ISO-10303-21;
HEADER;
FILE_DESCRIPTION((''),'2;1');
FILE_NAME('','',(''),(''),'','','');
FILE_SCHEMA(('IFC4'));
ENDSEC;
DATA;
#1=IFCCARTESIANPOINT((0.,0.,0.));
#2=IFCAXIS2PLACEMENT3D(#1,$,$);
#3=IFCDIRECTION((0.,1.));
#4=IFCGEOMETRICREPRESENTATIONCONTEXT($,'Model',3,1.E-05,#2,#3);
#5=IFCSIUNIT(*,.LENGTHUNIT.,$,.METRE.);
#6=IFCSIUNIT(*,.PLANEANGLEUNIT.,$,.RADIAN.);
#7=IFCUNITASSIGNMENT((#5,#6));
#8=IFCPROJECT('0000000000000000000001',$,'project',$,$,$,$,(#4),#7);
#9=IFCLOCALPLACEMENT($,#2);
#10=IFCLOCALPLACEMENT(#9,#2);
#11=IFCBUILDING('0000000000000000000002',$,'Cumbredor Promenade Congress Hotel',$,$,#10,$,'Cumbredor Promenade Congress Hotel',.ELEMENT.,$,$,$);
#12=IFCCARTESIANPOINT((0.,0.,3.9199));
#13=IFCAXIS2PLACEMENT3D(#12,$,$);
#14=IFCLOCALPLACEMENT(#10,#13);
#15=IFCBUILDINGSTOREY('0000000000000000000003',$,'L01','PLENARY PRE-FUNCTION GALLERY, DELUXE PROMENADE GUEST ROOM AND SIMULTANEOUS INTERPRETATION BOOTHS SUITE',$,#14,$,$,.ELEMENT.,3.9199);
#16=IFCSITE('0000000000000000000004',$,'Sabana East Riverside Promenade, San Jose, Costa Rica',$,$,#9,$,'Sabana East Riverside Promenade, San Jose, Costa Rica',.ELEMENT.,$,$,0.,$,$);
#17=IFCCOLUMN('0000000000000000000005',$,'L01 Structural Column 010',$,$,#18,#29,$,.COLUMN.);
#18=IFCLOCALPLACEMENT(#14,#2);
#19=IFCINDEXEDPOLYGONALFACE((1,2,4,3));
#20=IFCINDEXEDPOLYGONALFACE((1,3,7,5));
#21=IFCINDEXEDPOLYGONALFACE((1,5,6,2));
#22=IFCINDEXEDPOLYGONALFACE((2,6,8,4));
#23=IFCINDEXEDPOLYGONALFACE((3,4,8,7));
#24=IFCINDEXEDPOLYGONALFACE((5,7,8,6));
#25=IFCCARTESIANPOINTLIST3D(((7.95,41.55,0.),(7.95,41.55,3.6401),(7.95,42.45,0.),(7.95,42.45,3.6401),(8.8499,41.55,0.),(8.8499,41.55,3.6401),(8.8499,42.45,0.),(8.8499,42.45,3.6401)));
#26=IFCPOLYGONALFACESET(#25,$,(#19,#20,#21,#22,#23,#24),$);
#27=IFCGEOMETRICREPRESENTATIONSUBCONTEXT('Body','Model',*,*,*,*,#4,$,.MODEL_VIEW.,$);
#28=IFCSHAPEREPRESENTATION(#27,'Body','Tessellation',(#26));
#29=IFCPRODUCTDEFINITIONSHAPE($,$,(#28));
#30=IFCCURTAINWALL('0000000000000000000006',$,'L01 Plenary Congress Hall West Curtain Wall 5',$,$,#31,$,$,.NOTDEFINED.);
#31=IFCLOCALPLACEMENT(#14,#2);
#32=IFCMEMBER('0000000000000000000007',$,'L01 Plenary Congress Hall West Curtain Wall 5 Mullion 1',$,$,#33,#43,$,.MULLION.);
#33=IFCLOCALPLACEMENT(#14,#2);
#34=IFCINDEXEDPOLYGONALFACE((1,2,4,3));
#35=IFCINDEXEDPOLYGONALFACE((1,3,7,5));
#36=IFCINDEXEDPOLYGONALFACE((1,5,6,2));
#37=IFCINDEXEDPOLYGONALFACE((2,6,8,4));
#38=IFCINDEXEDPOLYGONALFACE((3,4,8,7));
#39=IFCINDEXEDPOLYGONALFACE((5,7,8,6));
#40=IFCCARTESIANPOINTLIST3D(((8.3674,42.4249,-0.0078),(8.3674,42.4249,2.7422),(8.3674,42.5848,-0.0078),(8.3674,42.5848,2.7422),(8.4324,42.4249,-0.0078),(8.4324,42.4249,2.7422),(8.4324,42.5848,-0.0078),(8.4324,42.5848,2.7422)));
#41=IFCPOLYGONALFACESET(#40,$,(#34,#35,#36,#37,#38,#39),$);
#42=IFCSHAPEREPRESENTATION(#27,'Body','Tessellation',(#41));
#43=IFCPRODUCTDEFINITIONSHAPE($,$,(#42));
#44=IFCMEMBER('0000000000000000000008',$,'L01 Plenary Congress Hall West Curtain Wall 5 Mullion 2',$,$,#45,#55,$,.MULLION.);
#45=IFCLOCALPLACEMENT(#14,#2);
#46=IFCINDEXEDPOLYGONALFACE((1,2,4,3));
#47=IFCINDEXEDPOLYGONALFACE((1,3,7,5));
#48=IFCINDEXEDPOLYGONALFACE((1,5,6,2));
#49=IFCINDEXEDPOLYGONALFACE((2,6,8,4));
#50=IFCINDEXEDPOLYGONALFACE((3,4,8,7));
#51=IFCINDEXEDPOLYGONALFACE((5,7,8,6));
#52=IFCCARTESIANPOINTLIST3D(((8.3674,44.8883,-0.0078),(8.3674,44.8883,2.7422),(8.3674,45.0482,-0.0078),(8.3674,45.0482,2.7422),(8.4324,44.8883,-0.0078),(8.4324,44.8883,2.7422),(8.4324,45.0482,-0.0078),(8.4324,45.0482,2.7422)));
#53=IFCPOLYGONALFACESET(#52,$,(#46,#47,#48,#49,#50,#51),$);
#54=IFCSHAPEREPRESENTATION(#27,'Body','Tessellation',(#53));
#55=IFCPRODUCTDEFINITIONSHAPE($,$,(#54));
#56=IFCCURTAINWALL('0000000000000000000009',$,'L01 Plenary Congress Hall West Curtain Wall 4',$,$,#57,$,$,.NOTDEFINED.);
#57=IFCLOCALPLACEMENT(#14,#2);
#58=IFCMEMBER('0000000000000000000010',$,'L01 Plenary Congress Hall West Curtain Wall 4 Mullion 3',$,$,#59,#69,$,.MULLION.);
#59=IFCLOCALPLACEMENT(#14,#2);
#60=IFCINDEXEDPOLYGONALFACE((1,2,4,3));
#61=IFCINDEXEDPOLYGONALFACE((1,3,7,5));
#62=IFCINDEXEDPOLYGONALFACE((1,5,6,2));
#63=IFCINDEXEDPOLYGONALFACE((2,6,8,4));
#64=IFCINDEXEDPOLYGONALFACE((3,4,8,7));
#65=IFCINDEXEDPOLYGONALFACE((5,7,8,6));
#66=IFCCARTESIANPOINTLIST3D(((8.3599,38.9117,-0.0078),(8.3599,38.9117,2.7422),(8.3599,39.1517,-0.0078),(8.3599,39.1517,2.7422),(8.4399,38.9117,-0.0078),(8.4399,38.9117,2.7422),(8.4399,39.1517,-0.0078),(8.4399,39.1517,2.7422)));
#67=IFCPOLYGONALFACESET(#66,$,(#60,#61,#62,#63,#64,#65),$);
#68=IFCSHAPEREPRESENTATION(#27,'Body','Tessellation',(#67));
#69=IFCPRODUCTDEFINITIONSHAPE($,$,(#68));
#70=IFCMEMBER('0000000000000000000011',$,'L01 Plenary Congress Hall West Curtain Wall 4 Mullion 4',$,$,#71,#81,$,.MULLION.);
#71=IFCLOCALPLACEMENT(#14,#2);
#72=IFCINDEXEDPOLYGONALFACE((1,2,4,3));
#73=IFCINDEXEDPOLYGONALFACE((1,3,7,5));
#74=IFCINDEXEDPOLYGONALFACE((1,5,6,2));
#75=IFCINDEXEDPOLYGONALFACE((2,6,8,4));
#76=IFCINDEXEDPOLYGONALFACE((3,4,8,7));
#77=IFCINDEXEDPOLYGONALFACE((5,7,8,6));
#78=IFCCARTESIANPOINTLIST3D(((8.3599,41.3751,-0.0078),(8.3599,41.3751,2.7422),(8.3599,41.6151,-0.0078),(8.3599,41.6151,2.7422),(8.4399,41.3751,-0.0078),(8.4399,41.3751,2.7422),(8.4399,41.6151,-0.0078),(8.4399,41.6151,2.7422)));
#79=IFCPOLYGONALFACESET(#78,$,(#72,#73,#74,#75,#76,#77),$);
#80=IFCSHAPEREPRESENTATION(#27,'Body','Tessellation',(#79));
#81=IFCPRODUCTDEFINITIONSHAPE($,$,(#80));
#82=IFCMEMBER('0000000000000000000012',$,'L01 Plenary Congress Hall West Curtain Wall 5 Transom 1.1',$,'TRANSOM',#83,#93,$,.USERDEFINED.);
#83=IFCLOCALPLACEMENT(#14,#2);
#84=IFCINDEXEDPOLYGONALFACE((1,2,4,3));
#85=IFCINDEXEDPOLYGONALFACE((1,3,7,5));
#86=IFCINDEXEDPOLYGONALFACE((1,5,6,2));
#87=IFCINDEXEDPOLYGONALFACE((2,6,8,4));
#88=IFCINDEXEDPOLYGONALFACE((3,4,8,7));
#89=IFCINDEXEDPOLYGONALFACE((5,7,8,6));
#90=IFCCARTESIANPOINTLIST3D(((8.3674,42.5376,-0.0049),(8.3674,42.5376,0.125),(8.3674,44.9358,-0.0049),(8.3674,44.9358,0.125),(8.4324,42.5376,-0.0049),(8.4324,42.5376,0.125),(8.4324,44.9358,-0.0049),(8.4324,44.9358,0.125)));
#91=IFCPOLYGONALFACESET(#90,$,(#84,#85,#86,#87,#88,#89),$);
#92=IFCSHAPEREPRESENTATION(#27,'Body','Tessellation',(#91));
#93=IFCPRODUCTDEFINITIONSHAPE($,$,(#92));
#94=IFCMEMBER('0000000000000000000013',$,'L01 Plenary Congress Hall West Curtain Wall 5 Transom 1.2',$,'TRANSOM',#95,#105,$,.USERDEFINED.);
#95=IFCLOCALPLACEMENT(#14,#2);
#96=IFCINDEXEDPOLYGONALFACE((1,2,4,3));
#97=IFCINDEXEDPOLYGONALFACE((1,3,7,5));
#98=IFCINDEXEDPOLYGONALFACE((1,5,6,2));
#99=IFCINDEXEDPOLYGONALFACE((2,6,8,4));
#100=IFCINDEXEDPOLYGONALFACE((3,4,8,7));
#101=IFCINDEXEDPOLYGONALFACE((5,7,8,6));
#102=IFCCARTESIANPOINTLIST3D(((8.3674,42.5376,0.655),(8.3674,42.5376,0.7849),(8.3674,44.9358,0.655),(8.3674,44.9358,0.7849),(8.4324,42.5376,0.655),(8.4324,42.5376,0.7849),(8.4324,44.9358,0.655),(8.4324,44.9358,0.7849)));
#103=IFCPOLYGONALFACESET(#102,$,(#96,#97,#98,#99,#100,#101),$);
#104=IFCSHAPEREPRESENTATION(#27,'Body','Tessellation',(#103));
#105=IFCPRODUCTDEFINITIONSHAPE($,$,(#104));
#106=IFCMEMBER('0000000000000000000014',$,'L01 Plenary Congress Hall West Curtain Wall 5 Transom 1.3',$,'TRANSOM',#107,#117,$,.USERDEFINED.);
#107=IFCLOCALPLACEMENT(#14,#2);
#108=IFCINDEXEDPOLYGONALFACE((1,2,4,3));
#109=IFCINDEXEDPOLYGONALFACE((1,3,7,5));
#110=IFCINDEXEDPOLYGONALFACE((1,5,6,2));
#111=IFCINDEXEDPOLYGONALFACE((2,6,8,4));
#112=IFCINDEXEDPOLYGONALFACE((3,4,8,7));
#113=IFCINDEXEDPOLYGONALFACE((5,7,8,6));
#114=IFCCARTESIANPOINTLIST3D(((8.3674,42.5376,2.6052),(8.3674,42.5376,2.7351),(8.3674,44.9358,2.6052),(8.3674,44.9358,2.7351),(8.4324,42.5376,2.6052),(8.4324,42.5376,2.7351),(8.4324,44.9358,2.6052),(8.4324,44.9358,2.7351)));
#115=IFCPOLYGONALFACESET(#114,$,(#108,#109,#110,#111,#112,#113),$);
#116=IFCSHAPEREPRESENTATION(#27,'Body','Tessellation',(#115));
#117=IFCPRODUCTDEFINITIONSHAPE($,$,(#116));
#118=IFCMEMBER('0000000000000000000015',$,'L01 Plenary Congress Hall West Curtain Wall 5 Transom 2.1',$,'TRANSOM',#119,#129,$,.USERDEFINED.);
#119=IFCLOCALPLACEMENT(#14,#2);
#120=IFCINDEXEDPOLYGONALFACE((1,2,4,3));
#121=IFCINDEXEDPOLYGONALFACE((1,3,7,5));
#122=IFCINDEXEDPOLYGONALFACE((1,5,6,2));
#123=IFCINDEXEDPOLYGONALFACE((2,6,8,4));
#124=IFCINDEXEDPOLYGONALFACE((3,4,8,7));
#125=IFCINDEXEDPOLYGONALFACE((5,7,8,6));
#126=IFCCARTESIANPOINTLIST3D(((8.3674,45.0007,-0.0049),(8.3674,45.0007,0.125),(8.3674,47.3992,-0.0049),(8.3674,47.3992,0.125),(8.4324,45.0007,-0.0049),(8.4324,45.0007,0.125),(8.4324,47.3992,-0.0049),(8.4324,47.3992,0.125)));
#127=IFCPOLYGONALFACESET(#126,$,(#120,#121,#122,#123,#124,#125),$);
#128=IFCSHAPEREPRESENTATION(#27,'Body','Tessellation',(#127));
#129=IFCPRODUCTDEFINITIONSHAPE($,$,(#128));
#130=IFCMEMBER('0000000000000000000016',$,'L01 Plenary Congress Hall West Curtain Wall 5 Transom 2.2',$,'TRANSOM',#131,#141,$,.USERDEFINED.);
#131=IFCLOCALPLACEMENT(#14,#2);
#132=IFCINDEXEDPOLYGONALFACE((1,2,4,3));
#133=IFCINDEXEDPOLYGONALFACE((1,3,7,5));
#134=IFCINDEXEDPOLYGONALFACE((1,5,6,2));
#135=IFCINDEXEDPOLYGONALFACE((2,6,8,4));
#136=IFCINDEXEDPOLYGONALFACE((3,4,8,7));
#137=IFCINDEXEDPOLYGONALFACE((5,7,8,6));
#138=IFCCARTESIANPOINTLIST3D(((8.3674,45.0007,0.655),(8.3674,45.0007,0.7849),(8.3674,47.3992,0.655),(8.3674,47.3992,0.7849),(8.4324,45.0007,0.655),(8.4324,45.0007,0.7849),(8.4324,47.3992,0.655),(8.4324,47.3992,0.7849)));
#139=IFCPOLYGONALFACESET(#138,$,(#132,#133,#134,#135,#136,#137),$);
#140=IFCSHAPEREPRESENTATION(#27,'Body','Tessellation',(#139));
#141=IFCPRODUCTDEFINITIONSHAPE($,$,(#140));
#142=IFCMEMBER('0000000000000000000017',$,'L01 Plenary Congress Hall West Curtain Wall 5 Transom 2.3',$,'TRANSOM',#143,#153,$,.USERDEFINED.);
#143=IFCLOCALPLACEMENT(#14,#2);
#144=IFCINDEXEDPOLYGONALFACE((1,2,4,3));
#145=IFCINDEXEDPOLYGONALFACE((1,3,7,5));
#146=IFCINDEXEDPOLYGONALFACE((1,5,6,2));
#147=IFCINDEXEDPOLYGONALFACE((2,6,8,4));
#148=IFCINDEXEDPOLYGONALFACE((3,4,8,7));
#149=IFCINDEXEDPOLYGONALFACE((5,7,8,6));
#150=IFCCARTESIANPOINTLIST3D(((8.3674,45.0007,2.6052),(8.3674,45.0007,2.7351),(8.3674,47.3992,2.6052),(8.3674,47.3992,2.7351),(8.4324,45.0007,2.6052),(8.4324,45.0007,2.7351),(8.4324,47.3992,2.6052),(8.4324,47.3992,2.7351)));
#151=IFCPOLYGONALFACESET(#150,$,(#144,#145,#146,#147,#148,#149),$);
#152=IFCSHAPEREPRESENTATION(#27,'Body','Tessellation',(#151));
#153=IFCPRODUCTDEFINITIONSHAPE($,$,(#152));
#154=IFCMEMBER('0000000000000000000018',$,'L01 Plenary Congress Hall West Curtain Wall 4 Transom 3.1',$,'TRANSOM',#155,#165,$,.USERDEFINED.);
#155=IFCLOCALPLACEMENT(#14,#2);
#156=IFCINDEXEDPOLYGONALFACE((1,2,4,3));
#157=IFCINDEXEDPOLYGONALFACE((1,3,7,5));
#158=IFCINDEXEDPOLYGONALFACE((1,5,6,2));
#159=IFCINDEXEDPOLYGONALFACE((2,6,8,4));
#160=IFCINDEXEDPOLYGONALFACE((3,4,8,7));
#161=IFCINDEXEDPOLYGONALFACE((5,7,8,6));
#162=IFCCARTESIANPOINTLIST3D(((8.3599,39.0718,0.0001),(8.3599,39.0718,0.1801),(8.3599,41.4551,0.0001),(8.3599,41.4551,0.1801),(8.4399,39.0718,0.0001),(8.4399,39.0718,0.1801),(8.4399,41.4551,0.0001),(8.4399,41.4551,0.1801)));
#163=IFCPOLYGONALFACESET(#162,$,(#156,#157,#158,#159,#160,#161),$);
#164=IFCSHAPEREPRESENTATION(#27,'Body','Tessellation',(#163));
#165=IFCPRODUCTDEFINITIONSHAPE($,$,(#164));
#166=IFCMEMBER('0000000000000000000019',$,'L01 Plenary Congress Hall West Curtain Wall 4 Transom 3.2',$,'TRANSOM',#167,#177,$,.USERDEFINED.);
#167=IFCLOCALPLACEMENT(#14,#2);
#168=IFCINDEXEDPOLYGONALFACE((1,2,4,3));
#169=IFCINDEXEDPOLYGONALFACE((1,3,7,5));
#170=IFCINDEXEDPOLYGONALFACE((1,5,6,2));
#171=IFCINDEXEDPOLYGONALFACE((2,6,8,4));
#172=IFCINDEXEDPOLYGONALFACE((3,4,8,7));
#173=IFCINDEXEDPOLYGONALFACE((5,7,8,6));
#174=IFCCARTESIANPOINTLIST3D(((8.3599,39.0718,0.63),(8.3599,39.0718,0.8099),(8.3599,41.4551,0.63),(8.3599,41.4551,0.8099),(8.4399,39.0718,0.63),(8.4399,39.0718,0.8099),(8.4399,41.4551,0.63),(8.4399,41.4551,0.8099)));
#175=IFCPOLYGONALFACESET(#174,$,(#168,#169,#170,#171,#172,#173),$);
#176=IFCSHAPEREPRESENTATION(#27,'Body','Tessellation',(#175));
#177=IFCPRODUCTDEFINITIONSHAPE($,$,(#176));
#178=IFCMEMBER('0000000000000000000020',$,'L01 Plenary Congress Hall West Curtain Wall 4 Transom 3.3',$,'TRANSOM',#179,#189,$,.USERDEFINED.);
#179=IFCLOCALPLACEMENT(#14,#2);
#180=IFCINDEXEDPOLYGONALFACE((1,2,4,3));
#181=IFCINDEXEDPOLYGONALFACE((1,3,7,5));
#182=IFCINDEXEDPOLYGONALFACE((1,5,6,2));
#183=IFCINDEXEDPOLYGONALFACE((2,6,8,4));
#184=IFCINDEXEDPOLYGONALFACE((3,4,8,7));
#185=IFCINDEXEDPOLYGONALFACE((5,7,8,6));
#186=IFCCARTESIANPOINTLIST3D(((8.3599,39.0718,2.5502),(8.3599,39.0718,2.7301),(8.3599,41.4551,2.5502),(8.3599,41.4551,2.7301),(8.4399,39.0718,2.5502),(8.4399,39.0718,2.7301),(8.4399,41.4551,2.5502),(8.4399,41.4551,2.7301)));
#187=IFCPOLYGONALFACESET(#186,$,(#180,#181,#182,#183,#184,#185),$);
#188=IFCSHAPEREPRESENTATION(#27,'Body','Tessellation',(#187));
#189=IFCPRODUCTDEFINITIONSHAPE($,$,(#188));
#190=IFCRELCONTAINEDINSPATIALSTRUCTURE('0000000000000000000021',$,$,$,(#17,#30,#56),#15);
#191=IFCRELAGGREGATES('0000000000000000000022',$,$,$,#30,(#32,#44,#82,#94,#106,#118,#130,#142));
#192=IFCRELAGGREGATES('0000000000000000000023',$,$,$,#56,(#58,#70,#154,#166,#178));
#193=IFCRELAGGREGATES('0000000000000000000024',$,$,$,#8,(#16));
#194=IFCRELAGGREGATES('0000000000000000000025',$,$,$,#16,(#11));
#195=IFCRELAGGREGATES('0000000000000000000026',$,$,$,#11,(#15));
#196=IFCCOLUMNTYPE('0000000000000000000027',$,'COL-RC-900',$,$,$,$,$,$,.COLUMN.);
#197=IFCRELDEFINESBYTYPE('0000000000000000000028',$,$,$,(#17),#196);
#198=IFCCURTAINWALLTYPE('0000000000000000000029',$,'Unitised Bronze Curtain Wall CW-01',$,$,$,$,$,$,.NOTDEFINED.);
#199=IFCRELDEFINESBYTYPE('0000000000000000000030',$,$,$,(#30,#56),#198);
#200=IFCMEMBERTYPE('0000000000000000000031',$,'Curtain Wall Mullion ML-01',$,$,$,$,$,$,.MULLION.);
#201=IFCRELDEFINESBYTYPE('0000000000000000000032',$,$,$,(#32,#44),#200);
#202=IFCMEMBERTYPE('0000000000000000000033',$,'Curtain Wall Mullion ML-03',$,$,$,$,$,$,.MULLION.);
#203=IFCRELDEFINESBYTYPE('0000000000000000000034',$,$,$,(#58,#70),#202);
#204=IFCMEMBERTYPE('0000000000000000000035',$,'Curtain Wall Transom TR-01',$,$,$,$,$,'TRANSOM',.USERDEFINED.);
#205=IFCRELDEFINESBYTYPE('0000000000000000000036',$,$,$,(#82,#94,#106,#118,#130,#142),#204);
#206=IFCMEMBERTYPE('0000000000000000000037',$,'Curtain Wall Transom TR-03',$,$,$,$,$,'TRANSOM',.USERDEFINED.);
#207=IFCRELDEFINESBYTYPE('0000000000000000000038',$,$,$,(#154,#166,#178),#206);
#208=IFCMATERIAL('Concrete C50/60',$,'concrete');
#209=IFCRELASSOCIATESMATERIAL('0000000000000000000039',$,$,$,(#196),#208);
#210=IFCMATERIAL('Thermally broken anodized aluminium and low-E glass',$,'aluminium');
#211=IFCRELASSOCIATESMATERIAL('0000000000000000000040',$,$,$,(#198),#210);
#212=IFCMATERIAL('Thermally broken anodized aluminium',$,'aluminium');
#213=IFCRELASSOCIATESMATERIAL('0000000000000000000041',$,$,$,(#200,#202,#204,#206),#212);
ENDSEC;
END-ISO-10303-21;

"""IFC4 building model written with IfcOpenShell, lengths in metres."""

from ifc_helpers import new_model, si_unit, direction, frame, origin, origin_2d, place, context, subcontext, project, spatial, rectangle, extrude, material, material_profile, profile_set, type_object, element, aggregate, save


model = new_model("IFC4")

# Units and contexts
model_context = context("Model", 3, precision=1e-05, world=origin(), true_north=direction((0.0, 1.0)))
body_context = subcontext(model_context, "Body", "Model", "MODEL_VIEW")
ifc_project = project(units=[si_unit("LENGTHUNIT", "METRE"), si_unit("PLANEANGLEUNIT", "RADIAN")], contexts=[model_context])

# Site, building, storey
site_placement = place(None, origin())
site = spatial("IfcSite", under=ifc_project, at=site_placement, Name="Sabana East Riverside Promenade, San Jose, Costa Rica", LongName="Sabana East Riverside Promenade, San Jose, Costa Rica", CompositionType="ELEMENT", RefElevation=0.0)
building_placement = place(site_placement, origin())
building = spatial("IfcBuilding", under=site, at=building_placement, Name="Cumbredor Promenade Congress Hotel", LongName="Cumbredor Promenade Congress Hotel", CompositionType="ELEMENT")
storey_placement = place(building_placement, frame((0.0, 0.0, 3.9199)))
storey = spatial("IfcBuildingStorey", under=building, at=storey_placement, Name="L01", Description="PLENARY PRE-FUNCTION GALLERY, DELUXE PROMENADE GUEST ROOM AND SIMULTANEOUS INTERPRETATION BOOTHS SUITE", CompositionType="ELEMENT", Elevation=3.9199)

# Column
ifc_material_1 = material(Name="Concrete C50/60", Category="concrete")
ifc_material_profile_1 = material_profile(ifc_material_1, rectangle(XDim=0.8999, YDim=0.8999, at=origin_2d()), Name="RC 900x900")
ifc_profile_set_1 = profile_set([ifc_material_profile_1], Name="Concrete C50/60")
column_type = type_object("IfcColumnType", Name="COL-RC-900", PredefinedType="COLUMN", material=ifc_profile_set_1)
column_placement = place(storey_placement, frame((8.3999, 42.0, 0.0), z_axis=(0.0, 0.0, 1.0), x_axis=(1.0, 0.0, 0.0)))
element("IfcColumn", 1, at=column_placement, inside=storey, type_object=column_type, Name="L01 Structural Column 010", PredefinedType="COLUMN", context=body_context, shape_type="SweptSolid", body=[
    extrude(rectangle(XDim=0.8999, YDim=0.8999, at=origin_2d()), origin(), (0.0, 0.0, 1.0), 3.6401),
])

# Curtain walls, members
ifc_material_2 = material(Name="Thermally broken anodized aluminium and low-E glass", Category="aluminium")
curtain_wall_type = type_object("IfcCurtainWallType", Name="Unitised Bronze Curtain Wall CW-01", PredefinedType="NOTDEFINED", material=ifc_material_2)
curtain_wall_1_placement = place(storey_placement, origin())
curtain_wall_1 = element("IfcCurtainWall", 2, at=curtain_wall_1_placement, inside=storey, type_object=curtain_wall_type, Name="L01 Plenary Congress Hall West Curtain Wall 5", PredefinedType="NOTDEFINED")
ifc_material_3 = material(Name="Thermally broken anodized aluminium", Category="aluminium")
ifc_material_profile_2 = material_profile(ifc_material_3, rectangle(XDim=0.0649, YDim=0.1599, at=origin_2d()), Name="ALU MULLION 65x160")
ifc_profile_set_2 = profile_set([ifc_material_profile_2], Name="Thermally broken anodized aluminium")
member_type_1 = type_object("IfcMemberType", Name="Curtain Wall Mullion ML-01", PredefinedType="MULLION", material=ifc_profile_set_2)
member_1_placement = place(storey_placement, frame((8.3999, 42.5049, -0.0078), z_axis=(0.0, 0.0, 1.0), x_axis=(1.0, 0.0, 0.0)))
member_1 = element("IfcMember", 3, at=member_1_placement, type_object=member_type_1, Name="L01 Plenary Congress Hall West Curtain Wall 5 Mullion 1", PredefinedType="MULLION", context=body_context, shape_type="SweptSolid", body=[
    extrude(rectangle(XDim=0.0649, YDim=0.1599, at=origin_2d()), origin(), (0.0, 0.0, 1.0), 2.75),
])
member_2_placement = place(storey_placement, frame((8.3999, 44.9683, -0.0078), z_axis=(0.0, 0.0, 1.0), x_axis=(1.0, 0.0, 0.0)))
member_2 = element("IfcMember", 4, at=member_2_placement, type_object=member_type_1, Name="L01 Plenary Congress Hall West Curtain Wall 5 Mullion 2", PredefinedType="MULLION", context=body_context, shape_type="SweptSolid", body=[
    extrude(rectangle(XDim=0.0649, YDim=0.1599, at=origin_2d()), origin(), (0.0, 0.0, 1.0), 2.75),
])
curtain_wall_2_placement = place(storey_placement, origin())
curtain_wall_2 = element("IfcCurtainWall", 5, at=curtain_wall_2_placement, inside=storey, type_object=curtain_wall_type, Name="L01 Plenary Congress Hall West Curtain Wall 4", PredefinedType="NOTDEFINED")
ifc_material_profile_3 = material_profile(ifc_material_3, rectangle(XDim=0.0801, YDim=0.24, at=origin_2d()), Name="ALU MULLION 80x240")
ifc_profile_set_3 = profile_set([ifc_material_profile_3], Name="Thermally broken anodized aluminium")
member_type_2 = type_object("IfcMemberType", Name="Curtain Wall Mullion ML-03", PredefinedType="MULLION", material=ifc_profile_set_3)
member_3_placement = place(storey_placement, frame((8.3999, 39.0317, -0.0078), z_axis=(0.0, 0.0, 1.0), x_axis=(1.0, 0.0, 0.0)))
member_3 = element("IfcMember", 6, at=member_3_placement, type_object=member_type_2, Name="L01 Plenary Congress Hall West Curtain Wall 4 Mullion 3", PredefinedType="MULLION", context=body_context, shape_type="SweptSolid", body=[
    extrude(rectangle(XDim=0.0801, YDim=0.24, at=origin_2d()), origin(), (0.0, 0.0, 1.0), 2.75),
])
member_4_placement = place(storey_placement, frame((8.3999, 41.4951, -0.0078), z_axis=(0.0, 0.0, 1.0), x_axis=(1.0, 0.0, 0.0)))
member_4 = element("IfcMember", 7, at=member_4_placement, type_object=member_type_2, Name="L01 Plenary Congress Hall West Curtain Wall 4 Mullion 4", PredefinedType="MULLION", context=body_context, shape_type="SweptSolid", body=[
    extrude(rectangle(XDim=0.0801, YDim=0.24, at=origin_2d()), origin(), (0.0, 0.0, 1.0), 2.75),
])

# Members
ifc_material_profile_4 = material_profile(ifc_material_3, rectangle(XDim=0.0649, YDim=0.1299, at=origin_2d()), Name="ALU TRANSOM 65x130")
ifc_profile_set_4 = profile_set([ifc_material_profile_4], Name="Thermally broken anodized aluminium")
member_type_3 = type_object("IfcMemberType", Name="Curtain Wall Transom TR-01", ElementType="TRANSOM", PredefinedType="USERDEFINED", material=ifc_profile_set_4)
member_5_placement = place(storey_placement, frame((8.3999, 42.5376, 0.0601), z_axis=(0.0, 1.0, 0.0), x_axis=(-1.0, 0.0, 0.0)))
member_5 = element("IfcMember", 8, at=member_5_placement, type_object=member_type_3, Name="L01 Plenary Congress Hall West Curtain Wall 5 Transom 1.1", ObjectType="TRANSOM", PredefinedType="USERDEFINED", context=body_context, shape_type="SweptSolid", body=[
    extrude(rectangle(XDim=0.0649, YDim=0.1299, at=origin_2d()), origin(), (0.0, 0.0, 1.0), 2.3982),
])
member_6_placement = place(storey_placement, frame((8.3999, 42.5376, 0.72), z_axis=(0.0, 1.0, 0.0), x_axis=(-1.0, 0.0, 0.0)))
member_6 = element("IfcMember", 9, at=member_6_placement, type_object=member_type_3, Name="L01 Plenary Congress Hall West Curtain Wall 5 Transom 1.2", ObjectType="TRANSOM", PredefinedType="USERDEFINED", context=body_context, shape_type="SweptSolid", body=[
    extrude(rectangle(XDim=0.0649, YDim=0.1299, at=origin_2d()), origin(), (0.0, 0.0, 1.0), 2.3982),
])
member_7_placement = place(storey_placement, frame((8.3999, 42.5376, 2.6702), z_axis=(0.0, 1.0, 0.0), x_axis=(-1.0, 0.0, 0.0)))
member_7 = element("IfcMember", 10, at=member_7_placement, type_object=member_type_3, Name="L01 Plenary Congress Hall West Curtain Wall 5 Transom 1.3", ObjectType="TRANSOM", PredefinedType="USERDEFINED", context=body_context, shape_type="SweptSolid", body=[
    extrude(rectangle(XDim=0.0649, YDim=0.1299, at=origin_2d()), origin(), (0.0, 0.0, 1.0), 2.3982),
])
member_8_placement = place(storey_placement, frame((8.3999, 45.0007, 0.0601), z_axis=(0.0, 1.0, 0.0), x_axis=(-1.0, 0.0, 0.0)))
member_8 = element("IfcMember", 11, at=member_8_placement, type_object=member_type_3, Name="L01 Plenary Congress Hall West Curtain Wall 5 Transom 2.1", ObjectType="TRANSOM", PredefinedType="USERDEFINED", context=body_context, shape_type="SweptSolid", body=[
    extrude(rectangle(XDim=0.0649, YDim=0.1299, at=origin_2d()), origin(), (0.0, 0.0, 1.0), 2.3984),
])
member_9_placement = place(storey_placement, frame((8.3999, 45.0007, 0.72), z_axis=(0.0, 1.0, 0.0), x_axis=(-1.0, 0.0, 0.0)))
member_9 = element("IfcMember", 12, at=member_9_placement, type_object=member_type_3, Name="L01 Plenary Congress Hall West Curtain Wall 5 Transom 2.2", ObjectType="TRANSOM", PredefinedType="USERDEFINED", context=body_context, shape_type="SweptSolid", body=[
    extrude(rectangle(XDim=0.0649, YDim=0.1299, at=origin_2d()), origin(), (0.0, 0.0, 1.0), 2.3984),
])
member_10_placement = place(storey_placement, frame((8.3999, 45.0007, 2.6702), z_axis=(0.0, 1.0, 0.0), x_axis=(-1.0, 0.0, 0.0)))
member_10 = element("IfcMember", 13, at=member_10_placement, type_object=member_type_3, Name="L01 Plenary Congress Hall West Curtain Wall 5 Transom 2.3", ObjectType="TRANSOM", PredefinedType="USERDEFINED", context=body_context, shape_type="SweptSolid", body=[
    extrude(rectangle(XDim=0.0649, YDim=0.1299, at=origin_2d()), origin(), (0.0, 0.0, 1.0), 2.3984),
])
ifc_material_profile_5 = material_profile(ifc_material_3, rectangle(XDim=0.0801, YDim=0.1799, at=origin_2d()), Name="ALU TRANSOM 80x180")
ifc_profile_set_5 = profile_set([ifc_material_profile_5], Name="Thermally broken anodized aluminium")
member_type_4 = type_object("IfcMemberType", Name="Curtain Wall Transom TR-03", ElementType="TRANSOM", PredefinedType="USERDEFINED", material=ifc_profile_set_5)
member_11_placement = place(storey_placement, frame((8.3999, 39.0718, 0.0901), z_axis=(0.0, 1.0, 0.0), x_axis=(-1.0, 0.0, 0.0)))
member_11 = element("IfcMember", 14, at=member_11_placement, type_object=member_type_4, Name="L01 Plenary Congress Hall West Curtain Wall 4 Transom 3.1", ObjectType="TRANSOM", PredefinedType="USERDEFINED", context=body_context, shape_type="SweptSolid", body=[
    extrude(rectangle(XDim=0.0801, YDim=0.1799, at=origin_2d()), origin(), (0.0, 0.0, 1.0), 2.3833),
])
member_12_placement = place(storey_placement, frame((8.3999, 39.0718, 0.72), z_axis=(0.0, 1.0, 0.0), x_axis=(-1.0, 0.0, 0.0)))
member_12 = element("IfcMember", 15, at=member_12_placement, type_object=member_type_4, Name="L01 Plenary Congress Hall West Curtain Wall 4 Transom 3.2", ObjectType="TRANSOM", PredefinedType="USERDEFINED", context=body_context, shape_type="SweptSolid", body=[
    extrude(rectangle(XDim=0.0801, YDim=0.1799, at=origin_2d()), origin(), (0.0, 0.0, 1.0), 2.3833),
])
member_13_placement = place(storey_placement, frame((8.3999, 39.0718, 2.6401), z_axis=(0.0, 1.0, 0.0), x_axis=(-1.0, 0.0, 0.0)))
member_13 = element("IfcMember", 16, at=member_13_placement, type_object=member_type_4, Name="L01 Plenary Congress Hall West Curtain Wall 4 Transom 3.3", ObjectType="TRANSOM", PredefinedType="USERDEFINED", context=body_context, shape_type="SweptSolid", body=[
    extrude(rectangle(XDim=0.0801, YDim=0.1799, at=origin_2d()), origin(), (0.0, 0.0, 1.0), 2.3833),
])

aggregate(curtain_wall_1, [member_1, member_2, member_5, member_6, member_7, member_8, member_9, member_10])
aggregate(curtain_wall_2, [member_3, member_4, member_11, member_12, member_13])

save(model, "model.ifc")
